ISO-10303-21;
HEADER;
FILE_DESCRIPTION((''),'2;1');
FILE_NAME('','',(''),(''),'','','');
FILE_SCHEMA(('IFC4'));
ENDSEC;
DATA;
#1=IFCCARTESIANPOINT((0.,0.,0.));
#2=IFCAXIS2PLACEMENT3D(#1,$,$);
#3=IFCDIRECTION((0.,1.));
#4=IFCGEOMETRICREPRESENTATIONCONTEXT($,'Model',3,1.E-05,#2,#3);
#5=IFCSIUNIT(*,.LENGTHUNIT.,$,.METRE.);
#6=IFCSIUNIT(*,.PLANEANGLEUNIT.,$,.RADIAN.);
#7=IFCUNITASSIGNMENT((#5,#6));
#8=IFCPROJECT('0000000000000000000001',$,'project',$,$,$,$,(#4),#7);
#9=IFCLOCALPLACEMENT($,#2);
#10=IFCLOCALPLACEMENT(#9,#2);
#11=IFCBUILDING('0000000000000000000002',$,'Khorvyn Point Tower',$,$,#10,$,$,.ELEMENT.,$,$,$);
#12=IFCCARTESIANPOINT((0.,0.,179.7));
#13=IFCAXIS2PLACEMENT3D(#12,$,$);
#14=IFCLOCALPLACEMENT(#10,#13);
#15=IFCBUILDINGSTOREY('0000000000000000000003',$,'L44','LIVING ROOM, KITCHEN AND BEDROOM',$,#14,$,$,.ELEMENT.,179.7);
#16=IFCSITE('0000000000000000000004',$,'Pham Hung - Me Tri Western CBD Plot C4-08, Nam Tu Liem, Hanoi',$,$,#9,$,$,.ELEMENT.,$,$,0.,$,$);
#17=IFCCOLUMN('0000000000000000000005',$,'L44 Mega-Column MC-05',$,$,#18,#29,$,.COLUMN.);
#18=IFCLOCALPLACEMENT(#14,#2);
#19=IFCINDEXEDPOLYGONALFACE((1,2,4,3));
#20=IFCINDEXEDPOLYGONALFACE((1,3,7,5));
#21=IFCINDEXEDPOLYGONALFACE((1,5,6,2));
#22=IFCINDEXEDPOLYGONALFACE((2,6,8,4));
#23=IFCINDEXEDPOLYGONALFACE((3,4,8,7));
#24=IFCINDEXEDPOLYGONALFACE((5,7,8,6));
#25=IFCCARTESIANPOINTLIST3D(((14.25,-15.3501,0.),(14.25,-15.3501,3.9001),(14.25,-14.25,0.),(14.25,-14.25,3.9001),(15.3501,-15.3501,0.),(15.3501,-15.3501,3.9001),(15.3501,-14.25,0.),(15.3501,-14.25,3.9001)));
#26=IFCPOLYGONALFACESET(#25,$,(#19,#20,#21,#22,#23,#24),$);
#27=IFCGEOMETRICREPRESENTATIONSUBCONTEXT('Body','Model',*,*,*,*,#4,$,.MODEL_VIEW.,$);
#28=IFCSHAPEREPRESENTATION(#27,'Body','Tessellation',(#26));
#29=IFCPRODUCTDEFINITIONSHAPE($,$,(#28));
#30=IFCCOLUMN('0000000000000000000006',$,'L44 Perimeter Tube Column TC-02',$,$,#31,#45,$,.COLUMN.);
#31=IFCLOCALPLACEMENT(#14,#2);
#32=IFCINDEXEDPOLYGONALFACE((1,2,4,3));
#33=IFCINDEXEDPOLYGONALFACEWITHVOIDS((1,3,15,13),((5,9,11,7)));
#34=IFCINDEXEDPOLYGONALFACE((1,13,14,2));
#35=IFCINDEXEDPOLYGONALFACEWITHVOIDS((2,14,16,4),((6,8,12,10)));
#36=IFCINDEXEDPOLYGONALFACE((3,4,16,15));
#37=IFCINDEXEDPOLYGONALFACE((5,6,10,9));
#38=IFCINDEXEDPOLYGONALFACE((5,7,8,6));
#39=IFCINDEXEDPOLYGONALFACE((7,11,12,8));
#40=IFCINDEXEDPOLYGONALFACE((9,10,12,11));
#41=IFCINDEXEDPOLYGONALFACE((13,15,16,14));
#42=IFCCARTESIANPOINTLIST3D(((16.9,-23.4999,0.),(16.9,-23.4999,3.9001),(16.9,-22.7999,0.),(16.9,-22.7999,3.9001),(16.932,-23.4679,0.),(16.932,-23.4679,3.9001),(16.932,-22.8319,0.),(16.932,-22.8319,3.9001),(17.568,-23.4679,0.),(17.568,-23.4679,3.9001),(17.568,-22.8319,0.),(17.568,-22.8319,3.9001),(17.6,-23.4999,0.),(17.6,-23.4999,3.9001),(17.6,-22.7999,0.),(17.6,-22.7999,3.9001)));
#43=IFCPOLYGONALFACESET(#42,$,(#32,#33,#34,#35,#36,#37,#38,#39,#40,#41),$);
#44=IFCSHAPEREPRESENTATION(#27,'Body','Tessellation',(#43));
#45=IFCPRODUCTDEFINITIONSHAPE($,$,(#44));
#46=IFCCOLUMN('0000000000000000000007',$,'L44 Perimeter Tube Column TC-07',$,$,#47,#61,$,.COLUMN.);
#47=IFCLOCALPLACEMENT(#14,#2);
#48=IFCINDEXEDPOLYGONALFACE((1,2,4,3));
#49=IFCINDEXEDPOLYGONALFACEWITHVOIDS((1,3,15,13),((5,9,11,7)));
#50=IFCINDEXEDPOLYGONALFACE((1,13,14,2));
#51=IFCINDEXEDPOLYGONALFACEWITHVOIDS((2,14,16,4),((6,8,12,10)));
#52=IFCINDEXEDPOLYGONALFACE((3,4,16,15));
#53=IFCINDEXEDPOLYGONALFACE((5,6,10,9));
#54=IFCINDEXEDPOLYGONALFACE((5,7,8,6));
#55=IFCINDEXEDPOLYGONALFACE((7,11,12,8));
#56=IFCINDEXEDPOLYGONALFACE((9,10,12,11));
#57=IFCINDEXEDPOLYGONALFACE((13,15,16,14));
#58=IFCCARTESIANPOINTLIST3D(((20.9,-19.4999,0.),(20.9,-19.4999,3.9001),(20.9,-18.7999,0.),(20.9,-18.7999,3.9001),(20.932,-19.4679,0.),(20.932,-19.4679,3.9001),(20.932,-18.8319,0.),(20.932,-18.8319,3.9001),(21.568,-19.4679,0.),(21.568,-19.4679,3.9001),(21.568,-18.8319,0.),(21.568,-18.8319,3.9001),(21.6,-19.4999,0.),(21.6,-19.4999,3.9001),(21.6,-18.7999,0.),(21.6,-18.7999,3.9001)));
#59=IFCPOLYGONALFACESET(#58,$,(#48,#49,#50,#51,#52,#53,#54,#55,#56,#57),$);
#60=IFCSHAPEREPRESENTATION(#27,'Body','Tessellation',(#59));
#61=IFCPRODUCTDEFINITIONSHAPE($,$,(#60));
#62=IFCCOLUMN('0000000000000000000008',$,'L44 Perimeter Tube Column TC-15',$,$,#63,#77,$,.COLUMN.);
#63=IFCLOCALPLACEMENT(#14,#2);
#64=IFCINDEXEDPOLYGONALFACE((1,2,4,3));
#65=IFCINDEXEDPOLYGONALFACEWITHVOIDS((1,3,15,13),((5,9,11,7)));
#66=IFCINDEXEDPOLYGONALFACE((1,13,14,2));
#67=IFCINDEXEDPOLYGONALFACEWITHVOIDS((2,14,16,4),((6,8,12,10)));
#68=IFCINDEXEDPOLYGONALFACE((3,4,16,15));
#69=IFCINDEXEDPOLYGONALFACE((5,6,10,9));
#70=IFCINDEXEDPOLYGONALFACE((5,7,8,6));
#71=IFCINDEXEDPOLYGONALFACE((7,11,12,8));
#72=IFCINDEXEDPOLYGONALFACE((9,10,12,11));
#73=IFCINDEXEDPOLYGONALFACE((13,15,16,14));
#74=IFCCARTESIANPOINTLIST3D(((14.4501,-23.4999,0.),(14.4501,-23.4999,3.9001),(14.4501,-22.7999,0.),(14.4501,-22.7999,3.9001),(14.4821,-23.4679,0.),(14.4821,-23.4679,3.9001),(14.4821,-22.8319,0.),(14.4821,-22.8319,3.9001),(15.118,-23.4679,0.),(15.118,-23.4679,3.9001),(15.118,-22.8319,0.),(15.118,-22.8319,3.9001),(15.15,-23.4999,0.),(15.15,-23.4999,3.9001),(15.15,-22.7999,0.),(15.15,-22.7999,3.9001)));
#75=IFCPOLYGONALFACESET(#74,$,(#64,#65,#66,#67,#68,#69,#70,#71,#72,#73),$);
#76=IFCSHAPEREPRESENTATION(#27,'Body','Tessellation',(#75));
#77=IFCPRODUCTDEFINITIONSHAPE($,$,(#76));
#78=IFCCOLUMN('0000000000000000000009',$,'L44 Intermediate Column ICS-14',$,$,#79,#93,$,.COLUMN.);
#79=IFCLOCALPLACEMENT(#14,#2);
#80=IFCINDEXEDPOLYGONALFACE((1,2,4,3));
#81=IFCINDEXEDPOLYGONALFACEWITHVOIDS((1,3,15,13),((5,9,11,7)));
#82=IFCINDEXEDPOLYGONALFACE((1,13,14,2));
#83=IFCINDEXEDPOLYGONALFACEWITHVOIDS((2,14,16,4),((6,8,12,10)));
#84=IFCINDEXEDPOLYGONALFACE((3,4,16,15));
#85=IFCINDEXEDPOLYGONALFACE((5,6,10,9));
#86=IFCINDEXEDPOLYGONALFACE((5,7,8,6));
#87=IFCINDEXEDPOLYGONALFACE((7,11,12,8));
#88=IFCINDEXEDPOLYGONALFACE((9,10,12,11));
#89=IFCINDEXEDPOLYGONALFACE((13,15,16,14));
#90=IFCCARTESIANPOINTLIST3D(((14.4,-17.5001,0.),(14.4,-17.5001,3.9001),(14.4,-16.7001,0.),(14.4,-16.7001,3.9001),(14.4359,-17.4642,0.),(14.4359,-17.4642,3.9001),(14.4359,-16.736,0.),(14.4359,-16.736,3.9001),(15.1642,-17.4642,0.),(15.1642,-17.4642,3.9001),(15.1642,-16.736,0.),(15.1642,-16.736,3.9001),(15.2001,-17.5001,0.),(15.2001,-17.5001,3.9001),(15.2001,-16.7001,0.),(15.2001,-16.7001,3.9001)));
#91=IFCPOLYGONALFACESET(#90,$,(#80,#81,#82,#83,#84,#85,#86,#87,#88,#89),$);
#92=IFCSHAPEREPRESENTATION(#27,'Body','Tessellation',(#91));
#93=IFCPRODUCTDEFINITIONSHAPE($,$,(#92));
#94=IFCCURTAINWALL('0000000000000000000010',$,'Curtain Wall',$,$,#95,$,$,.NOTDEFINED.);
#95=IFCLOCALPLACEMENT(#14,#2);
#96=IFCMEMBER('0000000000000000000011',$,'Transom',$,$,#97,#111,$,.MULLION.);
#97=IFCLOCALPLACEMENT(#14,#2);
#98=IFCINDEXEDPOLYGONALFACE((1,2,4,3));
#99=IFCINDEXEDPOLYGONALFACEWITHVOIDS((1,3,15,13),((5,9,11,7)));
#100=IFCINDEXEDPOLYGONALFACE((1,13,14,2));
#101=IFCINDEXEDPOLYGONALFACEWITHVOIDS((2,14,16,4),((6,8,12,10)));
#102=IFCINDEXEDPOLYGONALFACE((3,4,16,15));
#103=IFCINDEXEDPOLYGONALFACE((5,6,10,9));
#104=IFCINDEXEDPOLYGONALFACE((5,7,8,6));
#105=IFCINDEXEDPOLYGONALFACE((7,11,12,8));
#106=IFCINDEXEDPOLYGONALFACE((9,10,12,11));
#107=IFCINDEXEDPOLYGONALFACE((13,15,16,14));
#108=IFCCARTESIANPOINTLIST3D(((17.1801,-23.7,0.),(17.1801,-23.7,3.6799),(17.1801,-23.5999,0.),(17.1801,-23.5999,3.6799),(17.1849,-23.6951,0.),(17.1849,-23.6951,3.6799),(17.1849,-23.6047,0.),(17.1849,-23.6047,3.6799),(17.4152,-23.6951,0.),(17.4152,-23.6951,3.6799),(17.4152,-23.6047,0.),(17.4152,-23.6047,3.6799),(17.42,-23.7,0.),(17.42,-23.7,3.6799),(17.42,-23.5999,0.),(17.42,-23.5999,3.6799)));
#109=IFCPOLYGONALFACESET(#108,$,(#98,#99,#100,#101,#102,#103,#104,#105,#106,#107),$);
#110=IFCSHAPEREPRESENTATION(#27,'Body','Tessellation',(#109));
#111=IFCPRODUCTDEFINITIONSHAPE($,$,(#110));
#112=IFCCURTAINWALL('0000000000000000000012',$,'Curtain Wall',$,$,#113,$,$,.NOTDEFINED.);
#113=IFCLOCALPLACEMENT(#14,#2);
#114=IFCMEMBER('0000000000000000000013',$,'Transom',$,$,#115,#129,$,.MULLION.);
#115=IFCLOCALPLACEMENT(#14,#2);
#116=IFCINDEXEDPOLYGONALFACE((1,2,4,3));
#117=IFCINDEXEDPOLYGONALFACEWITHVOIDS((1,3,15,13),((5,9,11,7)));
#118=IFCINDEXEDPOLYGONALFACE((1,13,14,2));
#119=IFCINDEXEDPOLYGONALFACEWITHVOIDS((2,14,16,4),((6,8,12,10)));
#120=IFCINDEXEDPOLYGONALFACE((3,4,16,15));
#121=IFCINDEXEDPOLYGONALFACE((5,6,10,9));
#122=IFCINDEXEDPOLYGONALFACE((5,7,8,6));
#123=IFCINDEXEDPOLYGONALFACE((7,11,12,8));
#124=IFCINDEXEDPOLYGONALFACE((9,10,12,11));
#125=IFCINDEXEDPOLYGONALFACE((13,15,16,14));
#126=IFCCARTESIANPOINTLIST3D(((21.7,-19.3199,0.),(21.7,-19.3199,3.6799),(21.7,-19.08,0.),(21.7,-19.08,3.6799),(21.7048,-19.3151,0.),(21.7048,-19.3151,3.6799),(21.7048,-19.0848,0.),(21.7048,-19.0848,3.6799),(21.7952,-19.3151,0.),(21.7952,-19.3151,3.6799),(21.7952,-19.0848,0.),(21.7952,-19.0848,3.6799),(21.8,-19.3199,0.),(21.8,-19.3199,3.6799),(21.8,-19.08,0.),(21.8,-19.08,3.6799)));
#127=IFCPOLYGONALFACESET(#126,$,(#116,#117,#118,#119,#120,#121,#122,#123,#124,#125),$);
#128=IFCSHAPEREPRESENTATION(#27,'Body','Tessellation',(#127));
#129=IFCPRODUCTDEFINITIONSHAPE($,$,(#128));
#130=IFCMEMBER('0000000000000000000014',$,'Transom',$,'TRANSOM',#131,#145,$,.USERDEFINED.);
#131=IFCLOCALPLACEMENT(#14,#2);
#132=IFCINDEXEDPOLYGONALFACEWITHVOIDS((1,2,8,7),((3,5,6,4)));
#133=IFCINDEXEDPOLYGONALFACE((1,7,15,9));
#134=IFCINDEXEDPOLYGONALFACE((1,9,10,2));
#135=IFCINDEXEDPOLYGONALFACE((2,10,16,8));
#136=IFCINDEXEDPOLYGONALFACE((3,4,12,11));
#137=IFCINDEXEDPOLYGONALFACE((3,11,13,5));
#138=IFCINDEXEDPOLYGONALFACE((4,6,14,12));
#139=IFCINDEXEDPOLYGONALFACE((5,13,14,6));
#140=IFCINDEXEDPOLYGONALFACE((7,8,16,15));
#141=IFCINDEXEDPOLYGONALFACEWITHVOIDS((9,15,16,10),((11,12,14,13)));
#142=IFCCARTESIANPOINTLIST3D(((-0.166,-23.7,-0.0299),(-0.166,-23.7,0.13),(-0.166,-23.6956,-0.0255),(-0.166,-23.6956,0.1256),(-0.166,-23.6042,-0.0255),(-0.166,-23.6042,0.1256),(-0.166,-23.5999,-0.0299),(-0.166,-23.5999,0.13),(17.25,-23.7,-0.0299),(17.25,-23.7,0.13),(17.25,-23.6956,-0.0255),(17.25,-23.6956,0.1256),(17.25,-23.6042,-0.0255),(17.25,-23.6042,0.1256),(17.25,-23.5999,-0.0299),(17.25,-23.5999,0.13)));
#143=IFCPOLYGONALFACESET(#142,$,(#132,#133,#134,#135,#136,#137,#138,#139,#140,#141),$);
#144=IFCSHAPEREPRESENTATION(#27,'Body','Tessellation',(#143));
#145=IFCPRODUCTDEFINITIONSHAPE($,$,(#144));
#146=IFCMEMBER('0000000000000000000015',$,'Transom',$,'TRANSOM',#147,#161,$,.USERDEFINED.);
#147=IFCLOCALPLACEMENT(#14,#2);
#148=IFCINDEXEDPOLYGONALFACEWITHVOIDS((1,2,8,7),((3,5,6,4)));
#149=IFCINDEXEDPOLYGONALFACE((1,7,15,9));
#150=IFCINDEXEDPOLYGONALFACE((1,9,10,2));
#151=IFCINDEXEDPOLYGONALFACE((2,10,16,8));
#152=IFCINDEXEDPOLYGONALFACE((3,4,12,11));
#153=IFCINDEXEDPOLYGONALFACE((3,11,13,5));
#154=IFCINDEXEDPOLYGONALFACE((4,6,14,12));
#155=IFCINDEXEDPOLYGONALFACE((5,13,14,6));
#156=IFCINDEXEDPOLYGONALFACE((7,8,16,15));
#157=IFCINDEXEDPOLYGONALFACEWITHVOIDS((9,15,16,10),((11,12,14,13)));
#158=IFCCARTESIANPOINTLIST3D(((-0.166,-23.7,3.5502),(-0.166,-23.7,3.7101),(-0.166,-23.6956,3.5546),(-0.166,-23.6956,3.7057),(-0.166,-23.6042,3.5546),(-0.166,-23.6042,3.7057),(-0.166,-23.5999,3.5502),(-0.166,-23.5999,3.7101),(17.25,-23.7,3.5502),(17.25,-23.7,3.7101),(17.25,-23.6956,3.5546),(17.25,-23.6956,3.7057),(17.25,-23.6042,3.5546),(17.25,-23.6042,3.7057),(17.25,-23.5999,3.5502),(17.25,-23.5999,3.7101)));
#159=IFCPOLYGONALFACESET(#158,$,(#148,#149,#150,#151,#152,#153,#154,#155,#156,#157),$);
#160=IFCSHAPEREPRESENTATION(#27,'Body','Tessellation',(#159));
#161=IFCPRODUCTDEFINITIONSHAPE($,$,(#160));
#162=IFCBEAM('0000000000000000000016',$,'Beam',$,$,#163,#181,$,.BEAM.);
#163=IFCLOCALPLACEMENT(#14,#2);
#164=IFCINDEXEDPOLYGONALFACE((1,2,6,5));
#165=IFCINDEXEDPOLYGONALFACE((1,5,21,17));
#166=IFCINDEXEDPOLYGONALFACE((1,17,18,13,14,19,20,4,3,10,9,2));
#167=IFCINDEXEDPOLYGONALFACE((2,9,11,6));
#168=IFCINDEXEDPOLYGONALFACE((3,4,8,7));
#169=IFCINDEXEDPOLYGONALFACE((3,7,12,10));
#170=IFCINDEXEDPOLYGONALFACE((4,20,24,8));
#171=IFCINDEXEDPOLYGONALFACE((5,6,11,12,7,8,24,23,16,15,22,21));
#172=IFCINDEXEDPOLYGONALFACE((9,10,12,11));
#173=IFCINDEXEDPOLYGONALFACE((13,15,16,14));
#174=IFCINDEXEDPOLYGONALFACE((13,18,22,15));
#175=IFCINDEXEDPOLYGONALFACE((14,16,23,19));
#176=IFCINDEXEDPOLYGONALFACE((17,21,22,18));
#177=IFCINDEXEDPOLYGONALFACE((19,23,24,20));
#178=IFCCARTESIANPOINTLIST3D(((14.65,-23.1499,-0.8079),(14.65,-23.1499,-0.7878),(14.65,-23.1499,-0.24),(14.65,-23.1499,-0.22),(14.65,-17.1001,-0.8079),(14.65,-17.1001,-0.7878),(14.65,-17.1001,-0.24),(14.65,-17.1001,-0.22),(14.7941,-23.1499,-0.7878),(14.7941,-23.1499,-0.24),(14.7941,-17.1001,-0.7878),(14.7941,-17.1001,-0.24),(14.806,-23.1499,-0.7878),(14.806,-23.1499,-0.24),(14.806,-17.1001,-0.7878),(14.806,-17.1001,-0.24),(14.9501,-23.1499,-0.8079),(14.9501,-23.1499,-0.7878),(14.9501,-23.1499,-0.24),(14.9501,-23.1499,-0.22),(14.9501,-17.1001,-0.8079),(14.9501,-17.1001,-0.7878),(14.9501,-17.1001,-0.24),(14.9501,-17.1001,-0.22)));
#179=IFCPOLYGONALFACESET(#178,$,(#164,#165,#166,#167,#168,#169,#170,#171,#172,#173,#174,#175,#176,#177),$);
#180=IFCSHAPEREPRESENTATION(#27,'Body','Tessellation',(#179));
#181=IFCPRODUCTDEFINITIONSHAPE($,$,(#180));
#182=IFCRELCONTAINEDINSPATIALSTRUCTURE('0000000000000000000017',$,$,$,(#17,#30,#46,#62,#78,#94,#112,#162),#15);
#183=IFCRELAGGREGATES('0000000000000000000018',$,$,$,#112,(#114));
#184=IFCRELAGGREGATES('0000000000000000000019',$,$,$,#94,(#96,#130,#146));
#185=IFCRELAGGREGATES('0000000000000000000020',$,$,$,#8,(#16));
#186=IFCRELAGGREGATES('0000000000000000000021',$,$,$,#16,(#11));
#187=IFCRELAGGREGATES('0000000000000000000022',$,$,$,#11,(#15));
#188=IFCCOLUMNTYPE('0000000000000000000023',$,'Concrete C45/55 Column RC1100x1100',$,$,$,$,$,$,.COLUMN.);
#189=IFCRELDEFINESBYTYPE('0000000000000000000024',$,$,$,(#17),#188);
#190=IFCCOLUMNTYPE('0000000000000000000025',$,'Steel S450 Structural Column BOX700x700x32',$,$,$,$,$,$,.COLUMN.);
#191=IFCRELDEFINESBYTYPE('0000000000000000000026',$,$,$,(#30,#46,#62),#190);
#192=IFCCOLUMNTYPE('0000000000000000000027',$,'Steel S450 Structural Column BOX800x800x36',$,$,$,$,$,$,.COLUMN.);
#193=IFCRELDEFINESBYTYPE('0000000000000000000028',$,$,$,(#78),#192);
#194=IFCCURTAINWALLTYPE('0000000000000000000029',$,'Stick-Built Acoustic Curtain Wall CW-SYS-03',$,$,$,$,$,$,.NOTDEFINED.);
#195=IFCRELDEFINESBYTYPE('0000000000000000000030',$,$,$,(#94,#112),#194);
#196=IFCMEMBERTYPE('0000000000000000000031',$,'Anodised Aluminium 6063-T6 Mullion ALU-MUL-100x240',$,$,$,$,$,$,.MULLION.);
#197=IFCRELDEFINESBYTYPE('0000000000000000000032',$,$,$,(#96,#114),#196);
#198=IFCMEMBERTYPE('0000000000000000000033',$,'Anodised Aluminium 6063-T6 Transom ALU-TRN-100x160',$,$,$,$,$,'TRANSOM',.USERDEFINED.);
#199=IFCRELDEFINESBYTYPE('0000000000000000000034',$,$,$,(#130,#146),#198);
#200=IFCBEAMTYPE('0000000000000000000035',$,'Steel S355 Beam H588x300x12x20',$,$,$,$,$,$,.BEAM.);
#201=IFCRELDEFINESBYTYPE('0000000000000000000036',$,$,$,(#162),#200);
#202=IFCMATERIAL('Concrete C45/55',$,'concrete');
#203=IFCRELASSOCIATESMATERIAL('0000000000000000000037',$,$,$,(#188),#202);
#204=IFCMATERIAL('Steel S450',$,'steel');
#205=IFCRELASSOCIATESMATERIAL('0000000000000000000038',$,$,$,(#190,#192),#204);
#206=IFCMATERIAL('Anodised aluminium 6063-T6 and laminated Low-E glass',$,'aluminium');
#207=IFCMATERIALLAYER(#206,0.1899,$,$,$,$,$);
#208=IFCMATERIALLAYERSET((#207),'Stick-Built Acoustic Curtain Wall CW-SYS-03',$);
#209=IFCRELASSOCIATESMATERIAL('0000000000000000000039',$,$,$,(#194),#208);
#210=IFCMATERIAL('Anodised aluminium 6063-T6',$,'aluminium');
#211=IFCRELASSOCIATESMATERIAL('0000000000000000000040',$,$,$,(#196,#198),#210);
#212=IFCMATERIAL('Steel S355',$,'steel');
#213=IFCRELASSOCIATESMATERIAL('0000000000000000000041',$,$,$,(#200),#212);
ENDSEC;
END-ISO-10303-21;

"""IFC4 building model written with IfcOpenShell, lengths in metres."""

from ifc_helpers import new_model, si_unit, direction, frame, origin, origin_2d, place, context, subcontext, project, spatial, rectangle, hollow_rectangle, i_section, extrude, material, layer, layer_set, material_profile, profile_set, type_object, element, aggregate, save


model = new_model("IFC4")

# Units and contexts
model_context = context("Model", 3, precision=1e-05, world=origin(), true_north=direction((0.0, 1.0)))
body_context = subcontext(model_context, "Body", "Model", "MODEL_VIEW")
ifc_project = project(units=[si_unit("LENGTHUNIT", "METRE"), si_unit("PLANEANGLEUNIT", "RADIAN")], contexts=[model_context])

# Site, building, storey
site_placement = place(None, origin())
site = spatial("IfcSite", under=ifc_project, at=site_placement, Name="Pham Hung - Me Tri Western CBD Plot C4-08, Nam Tu Liem, Hanoi", CompositionType="ELEMENT", RefElevation=0.0)
building_placement = place(site_placement, origin())
building = spatial("IfcBuilding", under=site, at=building_placement, Name="Khorvyn Point Tower", CompositionType="ELEMENT")
storey_placement = place(building_placement, frame((0.0, 0.0, 179.7)))
storey = spatial("IfcBuildingStorey", under=building, at=storey_placement, Name="L44", Description="LIVING ROOM, KITCHEN AND BEDROOM", CompositionType="ELEMENT", Elevation=179.7)

# Columns
ifc_material_1 = material(Name="Concrete C45/55", Category="concrete")
ifc_material_profile_1 = material_profile(ifc_material_1, rectangle(XDim=1.1001, YDim=1.1001, at=origin_2d()))
ifc_profile_set_1 = profile_set([ifc_material_profile_1], Name="Concrete C45/55 RC1100x1100")
column_type_1 = type_object("IfcColumnType", Name="Concrete C45/55 Column RC1100x1100", PredefinedType="COLUMN", material=ifc_profile_set_1)
column_1_placement = place(storey_placement, frame((14.8, -14.8, 0.0), z_axis=(0.0, 0.0, 1.0), x_axis=(1.0, 0.0, 0.0)))
element("IfcColumn", 1, at=column_1_placement, inside=storey, type_object=column_type_1, Name="L44 Mega-Column MC-05", PredefinedType="COLUMN", context=body_context, shape_type="SweptSolid", body=[
    extrude(rectangle(XDim=1.1001, YDim=1.1001, at=origin_2d()), origin(), (0.0, 0.0, 1.0), 3.9001),
])
ifc_material_2 = material(Name="Steel S450", Category="steel")
ifc_material_profile_2 = material_profile(ifc_material_2, hollow_rectangle(XDim=0.7, YDim=0.7, WallThickness=0.032, at=origin_2d()))
ifc_profile_set_2 = profile_set([ifc_material_profile_2], Name="Steel S450 BOX700x700x32")
column_type_2 = type_object("IfcColumnType", Name="Steel S450 Structural Column BOX700x700x32", PredefinedType="COLUMN", material=ifc_profile_set_2)
for number, where, z_axis, x_axis, name in (
    (2, (17.25, -23.1499, 0.0), (0.0, 0.0, 1.0), (1.0, 0.0, 0.0), "L44 Perimeter Tube Column TC-02"),
    (3, (21.25, -19.1499, 0.0), (0.0, 0.0, 1.0), (1.0, 0.0, 0.0), "L44 Perimeter Tube Column TC-07"),
    (4, (14.8, -23.1499, 0.0), (0.0, 0.0, 1.0), (1.0, 0.0, 0.0), "L44 Perimeter Tube Column TC-15"),
):
    element("IfcColumn", number, at=place(storey_placement, frame(where, z_axis=z_axis, x_axis=x_axis)), inside=storey, type_object=column_type_2, Name=name, PredefinedType="COLUMN", context=body_context, shape_type="SweptSolid", body=[
        extrude(hollow_rectangle(XDim=0.7, YDim=0.7, WallThickness=0.032, at=origin_2d()), origin(), (0.0, 0.0, 1.0), 3.9001),
    ])
ifc_material_profile_3 = material_profile(ifc_material_2, hollow_rectangle(XDim=0.8, YDim=0.8, WallThickness=0.0359, at=origin_2d()))
ifc_profile_set_3 = profile_set([ifc_material_profile_3], Name="Steel S450 BOX800x800x36")
column_type_3 = type_object("IfcColumnType", Name="Steel S450 Structural Column BOX800x800x36", PredefinedType="COLUMN", material=ifc_profile_set_3)
column_2_placement = place(storey_placement, frame((14.8, -17.1001, 0.0), z_axis=(0.0, 0.0, 1.0), x_axis=(1.0, 0.0, 0.0)))
element("IfcColumn", 5, at=column_2_placement, inside=storey, type_object=column_type_3, Name="L44 Intermediate Column ICS-14", PredefinedType="COLUMN", context=body_context, shape_type="SweptSolid", body=[
    extrude(hollow_rectangle(XDim=0.8, YDim=0.8, WallThickness=0.0359, at=origin_2d()), origin(), (0.0, 0.0, 1.0), 3.9001),
])

# Curtain walls, members
ifc_material_3 = material(Name="Anodised aluminium 6063-T6 and laminated Low-E glass", Category="aluminium")
ifc_layer_1 = layer(ifc_material_3, 0.1899)
ifc_layer_set_1 = layer_set([ifc_layer_1], Name="Stick-Built Acoustic Curtain Wall CW-SYS-03")
curtain_wall_type = type_object("IfcCurtainWallType", Name="Stick-Built Acoustic Curtain Wall CW-SYS-03", PredefinedType="NOTDEFINED", material=ifc_layer_set_1)
curtain_wall_1_placement = place(storey_placement, origin())
curtain_wall_1 = element("IfcCurtainWall", 6, at=curtain_wall_1_placement, inside=storey, type_object=curtain_wall_type, Name="Curtain Wall", PredefinedType="NOTDEFINED")
ifc_material_4 = material(Name="Anodised aluminium 6063-T6", Category="aluminium")
ifc_material_profile_4 = material_profile(ifc_material_4, hollow_rectangle(XDim=0.1001, YDim=0.24, WallThickness=0.0049, at=origin_2d()))
ifc_profile_set_4 = profile_set([ifc_material_profile_4], Name="Anodised aluminium 6063-T6 ALU-MUL-100x240")
member_type_1 = type_object("IfcMemberType", Name="Anodised Aluminium 6063-T6 Mullion ALU-MUL-100x240", PredefinedType="MULLION", material=ifc_profile_set_4)
member_1_placement = place(storey_placement, frame((17.3, -23.6499, 0.0), z_axis=(0.0, 0.0, 1.0), x_axis=(0.0, -1.0, 0.0)))
member_1 = element("IfcMember", 7, at=member_1_placement, type_object=member_type_1, Name="Transom", PredefinedType="MULLION", context=body_context, shape_type="SweptSolid", body=[
    extrude(hollow_rectangle(XDim=0.1001, YDim=0.24, WallThickness=0.0049, at=origin_2d()), origin(), (0.0, 0.0, 1.0), 3.6799),
])
curtain_wall_2_placement = place(storey_placement, origin())
curtain_wall_2 = element("IfcCurtainWall", 8, at=curtain_wall_2_placement, inside=storey, type_object=curtain_wall_type, Name="Curtain Wall", PredefinedType="NOTDEFINED")
member_2_placement = place(storey_placement, frame((21.75, -19.2, 0.0), z_axis=(0.0, 0.0, 1.0), x_axis=(1.0, 0.0, 0.0)))
member_2 = element("IfcMember", 9, at=member_2_placement, type_object=member_type_1, Name="Transom", PredefinedType="MULLION", context=body_context, shape_type="SweptSolid", body=[
    extrude(hollow_rectangle(XDim=0.1001, YDim=0.24, WallThickness=0.0049, at=origin_2d()), origin(), (0.0, 0.0, 1.0), 3.6799),
])
aggregate(curtain_wall_2, [member_2])

# Members
ifc_material_profile_5 = material_profile(ifc_material_4, hollow_rectangle(XDim=0.1001, YDim=0.1599, WallThickness=0.0044, at=origin_2d()))
ifc_profile_set_5 = profile_set([ifc_material_profile_5], Name="Anodised aluminium 6063-T6 ALU-TRN-100x160")
member_type_2 = type_object("IfcMemberType", Name="Anodised Aluminium 6063-T6 Transom ALU-TRN-100x160", ElementType="TRANSOM", PredefinedType="USERDEFINED", material=ifc_profile_set_5)
member_3_placement = place(storey_placement, frame((17.25, -23.6499, 0.05), z_axis=(-1.0, 0.0, 0.0), x_axis=(0.0, -1.0, 0.0)))
member_3 = element("IfcMember", 10, at=member_3_placement, type_object=member_type_2, Name="Transom", ObjectType="TRANSOM", PredefinedType="USERDEFINED", context=body_context, shape_type="SweptSolid", body=[
    extrude(hollow_rectangle(XDim=0.1001, YDim=0.1599, WallThickness=0.0044, at=origin_2d()), origin(), (0.0, 0.0, 1.0), 17.416),
])
member_4_placement = place(storey_placement, frame((17.25, -23.6499, 3.6301), z_axis=(-1.0, 0.0, 0.0), x_axis=(0.0, -1.0, 0.0)))
member_4 = element("IfcMember", 11, at=member_4_placement, type_object=member_type_2, Name="Transom", ObjectType="TRANSOM", PredefinedType="USERDEFINED", context=body_context, shape_type="SweptSolid", body=[
    extrude(hollow_rectangle(XDim=0.1001, YDim=0.1599, WallThickness=0.0044, at=origin_2d()), origin(), (0.0, 0.0, 1.0), 17.416),
])

# Beam
ifc_material_5 = material(Name="Steel S355", Category="steel")
ifc_material_profile_6 = material_profile(ifc_material_5, i_section(OverallWidth=0.3, OverallDepth=0.5879, WebThickness=0.012, FlangeThickness=0.02, at=origin_2d()))
ifc_profile_set_6 = profile_set([ifc_material_profile_6], Name="Steel S355 H588x300x12x20")
beam_type_1 = type_object("IfcBeamType", Name="Steel S355 Beam H588x300x12x20", PredefinedType="BEAM", material=ifc_profile_set_6)
beam_1_placement = place(storey_placement, frame((14.8, -23.1499, -0.5139), z_axis=(0.0, 1.0, 0.0), x_axis=(-1.0, 0.0, 0.0)))
element("IfcBeam", 12, at=beam_1_placement, inside=storey, type_object=beam_type_1, Name="Beam", PredefinedType="BEAM", context=body_context, shape_type="SweptSolid", body=[
    extrude(i_section(OverallWidth=0.3, OverallDepth=0.5879, WebThickness=0.012, FlangeThickness=0.02, at=origin_2d()), origin(), (0.0, 0.0, 1.0), 6.0498),
])

aggregate(curtain_wall_1, [member_1, member_3, member_4])

save(model, "model.ifc")
